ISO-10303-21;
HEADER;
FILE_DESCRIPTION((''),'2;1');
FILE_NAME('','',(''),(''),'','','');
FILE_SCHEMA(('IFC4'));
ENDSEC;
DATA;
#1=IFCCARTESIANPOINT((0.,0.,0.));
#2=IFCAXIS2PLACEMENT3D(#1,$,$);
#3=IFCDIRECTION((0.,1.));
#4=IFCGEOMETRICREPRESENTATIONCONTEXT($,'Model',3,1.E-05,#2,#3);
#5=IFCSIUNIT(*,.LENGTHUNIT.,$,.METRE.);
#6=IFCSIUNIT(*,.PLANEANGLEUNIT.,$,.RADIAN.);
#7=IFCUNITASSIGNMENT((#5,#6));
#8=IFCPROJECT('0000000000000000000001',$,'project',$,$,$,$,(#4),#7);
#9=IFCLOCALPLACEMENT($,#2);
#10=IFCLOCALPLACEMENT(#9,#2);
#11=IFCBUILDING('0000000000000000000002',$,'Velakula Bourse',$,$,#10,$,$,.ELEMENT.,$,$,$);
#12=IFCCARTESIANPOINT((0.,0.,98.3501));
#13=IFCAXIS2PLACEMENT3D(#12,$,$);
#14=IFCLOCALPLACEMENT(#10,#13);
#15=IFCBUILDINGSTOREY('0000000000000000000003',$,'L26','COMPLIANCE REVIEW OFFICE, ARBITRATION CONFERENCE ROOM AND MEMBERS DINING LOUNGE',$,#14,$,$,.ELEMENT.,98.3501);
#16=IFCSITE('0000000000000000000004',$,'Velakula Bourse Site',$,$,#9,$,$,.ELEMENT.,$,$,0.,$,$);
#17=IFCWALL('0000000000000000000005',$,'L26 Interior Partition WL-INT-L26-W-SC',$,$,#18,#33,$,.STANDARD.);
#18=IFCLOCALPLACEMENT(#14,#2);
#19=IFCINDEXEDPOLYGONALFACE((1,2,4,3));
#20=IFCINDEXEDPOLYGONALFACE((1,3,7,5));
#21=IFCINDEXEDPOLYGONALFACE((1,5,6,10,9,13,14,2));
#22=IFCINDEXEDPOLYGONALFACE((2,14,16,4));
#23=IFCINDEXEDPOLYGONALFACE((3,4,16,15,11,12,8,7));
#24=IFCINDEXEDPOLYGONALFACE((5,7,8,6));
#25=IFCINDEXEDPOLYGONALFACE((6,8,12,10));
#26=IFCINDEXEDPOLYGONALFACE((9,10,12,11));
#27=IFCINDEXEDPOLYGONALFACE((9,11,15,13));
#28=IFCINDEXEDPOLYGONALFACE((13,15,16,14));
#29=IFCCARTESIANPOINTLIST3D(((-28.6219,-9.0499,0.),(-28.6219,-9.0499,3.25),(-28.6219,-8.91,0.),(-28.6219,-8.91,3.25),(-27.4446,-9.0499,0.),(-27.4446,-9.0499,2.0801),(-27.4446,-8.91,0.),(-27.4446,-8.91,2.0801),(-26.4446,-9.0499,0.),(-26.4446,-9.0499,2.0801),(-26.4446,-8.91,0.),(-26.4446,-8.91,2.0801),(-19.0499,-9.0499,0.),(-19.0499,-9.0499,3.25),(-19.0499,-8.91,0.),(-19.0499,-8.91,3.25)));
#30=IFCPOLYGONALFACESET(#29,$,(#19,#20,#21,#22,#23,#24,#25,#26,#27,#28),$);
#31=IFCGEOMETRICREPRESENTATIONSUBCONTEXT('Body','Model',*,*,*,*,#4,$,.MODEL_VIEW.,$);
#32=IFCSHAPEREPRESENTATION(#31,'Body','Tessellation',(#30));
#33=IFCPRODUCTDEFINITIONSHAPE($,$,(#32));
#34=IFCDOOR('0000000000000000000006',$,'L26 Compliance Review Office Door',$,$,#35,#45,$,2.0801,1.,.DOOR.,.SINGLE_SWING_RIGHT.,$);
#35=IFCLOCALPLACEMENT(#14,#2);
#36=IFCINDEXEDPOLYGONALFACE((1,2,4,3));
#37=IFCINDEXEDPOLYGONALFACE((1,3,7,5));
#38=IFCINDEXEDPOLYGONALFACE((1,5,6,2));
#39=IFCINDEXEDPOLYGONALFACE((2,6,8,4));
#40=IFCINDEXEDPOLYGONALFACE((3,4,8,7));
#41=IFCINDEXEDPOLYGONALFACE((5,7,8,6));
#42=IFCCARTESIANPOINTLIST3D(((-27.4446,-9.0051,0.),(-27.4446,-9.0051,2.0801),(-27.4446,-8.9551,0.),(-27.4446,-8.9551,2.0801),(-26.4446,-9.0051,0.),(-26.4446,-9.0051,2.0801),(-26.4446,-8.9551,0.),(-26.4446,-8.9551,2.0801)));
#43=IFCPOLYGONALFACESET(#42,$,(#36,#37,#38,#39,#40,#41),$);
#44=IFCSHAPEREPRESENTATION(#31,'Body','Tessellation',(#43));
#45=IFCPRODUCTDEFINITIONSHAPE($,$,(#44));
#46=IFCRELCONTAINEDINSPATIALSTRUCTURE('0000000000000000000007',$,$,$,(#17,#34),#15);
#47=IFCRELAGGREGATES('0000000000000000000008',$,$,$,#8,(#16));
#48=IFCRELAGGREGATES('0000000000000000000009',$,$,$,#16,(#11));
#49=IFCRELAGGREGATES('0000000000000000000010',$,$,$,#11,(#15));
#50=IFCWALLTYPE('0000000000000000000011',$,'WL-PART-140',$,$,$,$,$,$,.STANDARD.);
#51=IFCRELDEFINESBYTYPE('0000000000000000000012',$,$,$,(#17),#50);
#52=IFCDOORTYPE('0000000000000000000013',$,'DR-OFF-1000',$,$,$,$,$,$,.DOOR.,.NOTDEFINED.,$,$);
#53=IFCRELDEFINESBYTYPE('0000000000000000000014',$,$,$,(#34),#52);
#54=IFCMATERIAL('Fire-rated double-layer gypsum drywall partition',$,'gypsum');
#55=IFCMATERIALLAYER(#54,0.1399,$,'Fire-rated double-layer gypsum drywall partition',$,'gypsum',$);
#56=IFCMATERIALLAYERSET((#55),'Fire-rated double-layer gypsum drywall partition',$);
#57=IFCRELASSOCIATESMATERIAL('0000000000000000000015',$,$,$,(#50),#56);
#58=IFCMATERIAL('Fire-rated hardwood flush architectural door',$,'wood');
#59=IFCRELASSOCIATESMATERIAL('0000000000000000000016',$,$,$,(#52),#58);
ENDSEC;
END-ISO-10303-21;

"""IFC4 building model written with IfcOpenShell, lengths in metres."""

from ifc_helpers import new_model, si_unit, direction, frame, frame_2d, origin, place, context, subcontext, project, spatial, rectangle, extrude, material, layer, layer_set, type_object, element, fill, save


model = new_model("IFC4")

# Units and contexts
model_context = context("Model", 3, precision=1e-05, world=origin(), true_north=direction((0.0, 1.0)))
body_context = subcontext(model_context, "Body", "Model", "MODEL_VIEW")
ifc_project = project(units=[si_unit("LENGTHUNIT", "METRE"), si_unit("PLANEANGLEUNIT", "RADIAN")], contexts=[model_context])

# Site, building, storey
site_placement = place(None, origin())
site = spatial("IfcSite", under=ifc_project, at=site_placement, Name="Velakula Bourse Site", CompositionType="ELEMENT", RefElevation=0.0)
building_placement = place(site_placement, origin())
building = spatial("IfcBuilding", under=site, at=building_placement, Name="Velakula Bourse", CompositionType="ELEMENT")
storey_placement = place(building_placement, frame((0.0, 0.0, 98.3501)))
storey = spatial("IfcBuildingStorey", under=building, at=storey_placement, Name="L26", Description="COMPLIANCE REVIEW OFFICE, ARBITRATION CONFERENCE ROOM AND MEMBERS DINING LOUNGE", CompositionType="ELEMENT", Elevation=98.3501)

# Shared definitions
ifc_material_1 = material(Name="Fire-rated double-layer gypsum drywall partition", Category="gypsum")
ifc_layer_1 = layer(ifc_material_1, 0.1399, Name="Fire-rated double-layer gypsum drywall partition", Category="gypsum")
ifc_layer_set_1 = layer_set([ifc_layer_1], Name="Fire-rated double-layer gypsum drywall partition")
wall_type_1 = type_object("IfcWallType", Name="WL-PART-140", PredefinedType="STANDARD", material=ifc_layer_set_1)
ifc_material_2 = material(Name="Fire-rated hardwood flush architectural door", Category="wood")
door_type_1 = type_object("IfcDoorType", Name="DR-OFF-1000", OperationType="NOTDEFINED", PredefinedType="DOOR", material=ifc_material_2)

# Wall, opening, door
wall_1_placement = place(storey_placement, frame((-28.6221, -8.98, 0.0), z_axis=(0.0, 0.0, 1.0), x_axis=(1.0, 0.0, 0.0)))
wall_1 = element("IfcWall", 1, at=wall_1_placement, inside=storey, type_object=wall_type_1, Name="L26 Interior Partition WL-INT-L26-W-SC", PredefinedType="STANDARD", context=body_context, shape_type="SweptSolid", body=[
    extrude(rectangle(XDim=9.572, YDim=0.1399, at=frame_2d((4.7861, 0.0))), origin(), (0.0, 0.0, 1.0), 3.25),
])
opening_1_placement = place(wall_1_placement, frame((1.1775, 0.0, 0.0)))
opening_1 = element("IfcOpeningElement", 2, at=opening_1_placement, cuts=wall_1, PredefinedType="OPENING", context=body_context, shape_type="SweptSolid", body=[
    extrude(rectangle(XDim=1.0, YDim=2.0801, at=frame_2d((0.5, 1.04))), frame((0.0, 0.0798, 0.0), z_axis=(0.0, -1.0, 0.0), x_axis=(1.0, 0.0, 0.0)), (0.0, 0.0, 1.0), 0.1599),
])
door_1_placement = place(opening_1_placement, origin())
door_1 = element("IfcDoor", 3, at=door_1_placement, inside=storey, type_object=door_type_1, Name="L26 Compliance Review Office Door", OperationType="SINGLE_SWING_RIGHT", OverallHeight=2.0801, OverallWidth=1.0, PredefinedType="DOOR", context=body_context, shape_type="SweptSolid", body=[
    extrude(rectangle(XDim=1.0, YDim=2.0801, at=frame_2d((0.5, 1.04))), frame((0.0, 0.0249, 0.0), z_axis=(0.0, -1.0, 0.0), x_axis=(1.0, 0.0, 0.0)), (0.0, 0.0, 1.0), 0.05),
])
fill(opening_1, door_1)

save(model, "model.ifc")
